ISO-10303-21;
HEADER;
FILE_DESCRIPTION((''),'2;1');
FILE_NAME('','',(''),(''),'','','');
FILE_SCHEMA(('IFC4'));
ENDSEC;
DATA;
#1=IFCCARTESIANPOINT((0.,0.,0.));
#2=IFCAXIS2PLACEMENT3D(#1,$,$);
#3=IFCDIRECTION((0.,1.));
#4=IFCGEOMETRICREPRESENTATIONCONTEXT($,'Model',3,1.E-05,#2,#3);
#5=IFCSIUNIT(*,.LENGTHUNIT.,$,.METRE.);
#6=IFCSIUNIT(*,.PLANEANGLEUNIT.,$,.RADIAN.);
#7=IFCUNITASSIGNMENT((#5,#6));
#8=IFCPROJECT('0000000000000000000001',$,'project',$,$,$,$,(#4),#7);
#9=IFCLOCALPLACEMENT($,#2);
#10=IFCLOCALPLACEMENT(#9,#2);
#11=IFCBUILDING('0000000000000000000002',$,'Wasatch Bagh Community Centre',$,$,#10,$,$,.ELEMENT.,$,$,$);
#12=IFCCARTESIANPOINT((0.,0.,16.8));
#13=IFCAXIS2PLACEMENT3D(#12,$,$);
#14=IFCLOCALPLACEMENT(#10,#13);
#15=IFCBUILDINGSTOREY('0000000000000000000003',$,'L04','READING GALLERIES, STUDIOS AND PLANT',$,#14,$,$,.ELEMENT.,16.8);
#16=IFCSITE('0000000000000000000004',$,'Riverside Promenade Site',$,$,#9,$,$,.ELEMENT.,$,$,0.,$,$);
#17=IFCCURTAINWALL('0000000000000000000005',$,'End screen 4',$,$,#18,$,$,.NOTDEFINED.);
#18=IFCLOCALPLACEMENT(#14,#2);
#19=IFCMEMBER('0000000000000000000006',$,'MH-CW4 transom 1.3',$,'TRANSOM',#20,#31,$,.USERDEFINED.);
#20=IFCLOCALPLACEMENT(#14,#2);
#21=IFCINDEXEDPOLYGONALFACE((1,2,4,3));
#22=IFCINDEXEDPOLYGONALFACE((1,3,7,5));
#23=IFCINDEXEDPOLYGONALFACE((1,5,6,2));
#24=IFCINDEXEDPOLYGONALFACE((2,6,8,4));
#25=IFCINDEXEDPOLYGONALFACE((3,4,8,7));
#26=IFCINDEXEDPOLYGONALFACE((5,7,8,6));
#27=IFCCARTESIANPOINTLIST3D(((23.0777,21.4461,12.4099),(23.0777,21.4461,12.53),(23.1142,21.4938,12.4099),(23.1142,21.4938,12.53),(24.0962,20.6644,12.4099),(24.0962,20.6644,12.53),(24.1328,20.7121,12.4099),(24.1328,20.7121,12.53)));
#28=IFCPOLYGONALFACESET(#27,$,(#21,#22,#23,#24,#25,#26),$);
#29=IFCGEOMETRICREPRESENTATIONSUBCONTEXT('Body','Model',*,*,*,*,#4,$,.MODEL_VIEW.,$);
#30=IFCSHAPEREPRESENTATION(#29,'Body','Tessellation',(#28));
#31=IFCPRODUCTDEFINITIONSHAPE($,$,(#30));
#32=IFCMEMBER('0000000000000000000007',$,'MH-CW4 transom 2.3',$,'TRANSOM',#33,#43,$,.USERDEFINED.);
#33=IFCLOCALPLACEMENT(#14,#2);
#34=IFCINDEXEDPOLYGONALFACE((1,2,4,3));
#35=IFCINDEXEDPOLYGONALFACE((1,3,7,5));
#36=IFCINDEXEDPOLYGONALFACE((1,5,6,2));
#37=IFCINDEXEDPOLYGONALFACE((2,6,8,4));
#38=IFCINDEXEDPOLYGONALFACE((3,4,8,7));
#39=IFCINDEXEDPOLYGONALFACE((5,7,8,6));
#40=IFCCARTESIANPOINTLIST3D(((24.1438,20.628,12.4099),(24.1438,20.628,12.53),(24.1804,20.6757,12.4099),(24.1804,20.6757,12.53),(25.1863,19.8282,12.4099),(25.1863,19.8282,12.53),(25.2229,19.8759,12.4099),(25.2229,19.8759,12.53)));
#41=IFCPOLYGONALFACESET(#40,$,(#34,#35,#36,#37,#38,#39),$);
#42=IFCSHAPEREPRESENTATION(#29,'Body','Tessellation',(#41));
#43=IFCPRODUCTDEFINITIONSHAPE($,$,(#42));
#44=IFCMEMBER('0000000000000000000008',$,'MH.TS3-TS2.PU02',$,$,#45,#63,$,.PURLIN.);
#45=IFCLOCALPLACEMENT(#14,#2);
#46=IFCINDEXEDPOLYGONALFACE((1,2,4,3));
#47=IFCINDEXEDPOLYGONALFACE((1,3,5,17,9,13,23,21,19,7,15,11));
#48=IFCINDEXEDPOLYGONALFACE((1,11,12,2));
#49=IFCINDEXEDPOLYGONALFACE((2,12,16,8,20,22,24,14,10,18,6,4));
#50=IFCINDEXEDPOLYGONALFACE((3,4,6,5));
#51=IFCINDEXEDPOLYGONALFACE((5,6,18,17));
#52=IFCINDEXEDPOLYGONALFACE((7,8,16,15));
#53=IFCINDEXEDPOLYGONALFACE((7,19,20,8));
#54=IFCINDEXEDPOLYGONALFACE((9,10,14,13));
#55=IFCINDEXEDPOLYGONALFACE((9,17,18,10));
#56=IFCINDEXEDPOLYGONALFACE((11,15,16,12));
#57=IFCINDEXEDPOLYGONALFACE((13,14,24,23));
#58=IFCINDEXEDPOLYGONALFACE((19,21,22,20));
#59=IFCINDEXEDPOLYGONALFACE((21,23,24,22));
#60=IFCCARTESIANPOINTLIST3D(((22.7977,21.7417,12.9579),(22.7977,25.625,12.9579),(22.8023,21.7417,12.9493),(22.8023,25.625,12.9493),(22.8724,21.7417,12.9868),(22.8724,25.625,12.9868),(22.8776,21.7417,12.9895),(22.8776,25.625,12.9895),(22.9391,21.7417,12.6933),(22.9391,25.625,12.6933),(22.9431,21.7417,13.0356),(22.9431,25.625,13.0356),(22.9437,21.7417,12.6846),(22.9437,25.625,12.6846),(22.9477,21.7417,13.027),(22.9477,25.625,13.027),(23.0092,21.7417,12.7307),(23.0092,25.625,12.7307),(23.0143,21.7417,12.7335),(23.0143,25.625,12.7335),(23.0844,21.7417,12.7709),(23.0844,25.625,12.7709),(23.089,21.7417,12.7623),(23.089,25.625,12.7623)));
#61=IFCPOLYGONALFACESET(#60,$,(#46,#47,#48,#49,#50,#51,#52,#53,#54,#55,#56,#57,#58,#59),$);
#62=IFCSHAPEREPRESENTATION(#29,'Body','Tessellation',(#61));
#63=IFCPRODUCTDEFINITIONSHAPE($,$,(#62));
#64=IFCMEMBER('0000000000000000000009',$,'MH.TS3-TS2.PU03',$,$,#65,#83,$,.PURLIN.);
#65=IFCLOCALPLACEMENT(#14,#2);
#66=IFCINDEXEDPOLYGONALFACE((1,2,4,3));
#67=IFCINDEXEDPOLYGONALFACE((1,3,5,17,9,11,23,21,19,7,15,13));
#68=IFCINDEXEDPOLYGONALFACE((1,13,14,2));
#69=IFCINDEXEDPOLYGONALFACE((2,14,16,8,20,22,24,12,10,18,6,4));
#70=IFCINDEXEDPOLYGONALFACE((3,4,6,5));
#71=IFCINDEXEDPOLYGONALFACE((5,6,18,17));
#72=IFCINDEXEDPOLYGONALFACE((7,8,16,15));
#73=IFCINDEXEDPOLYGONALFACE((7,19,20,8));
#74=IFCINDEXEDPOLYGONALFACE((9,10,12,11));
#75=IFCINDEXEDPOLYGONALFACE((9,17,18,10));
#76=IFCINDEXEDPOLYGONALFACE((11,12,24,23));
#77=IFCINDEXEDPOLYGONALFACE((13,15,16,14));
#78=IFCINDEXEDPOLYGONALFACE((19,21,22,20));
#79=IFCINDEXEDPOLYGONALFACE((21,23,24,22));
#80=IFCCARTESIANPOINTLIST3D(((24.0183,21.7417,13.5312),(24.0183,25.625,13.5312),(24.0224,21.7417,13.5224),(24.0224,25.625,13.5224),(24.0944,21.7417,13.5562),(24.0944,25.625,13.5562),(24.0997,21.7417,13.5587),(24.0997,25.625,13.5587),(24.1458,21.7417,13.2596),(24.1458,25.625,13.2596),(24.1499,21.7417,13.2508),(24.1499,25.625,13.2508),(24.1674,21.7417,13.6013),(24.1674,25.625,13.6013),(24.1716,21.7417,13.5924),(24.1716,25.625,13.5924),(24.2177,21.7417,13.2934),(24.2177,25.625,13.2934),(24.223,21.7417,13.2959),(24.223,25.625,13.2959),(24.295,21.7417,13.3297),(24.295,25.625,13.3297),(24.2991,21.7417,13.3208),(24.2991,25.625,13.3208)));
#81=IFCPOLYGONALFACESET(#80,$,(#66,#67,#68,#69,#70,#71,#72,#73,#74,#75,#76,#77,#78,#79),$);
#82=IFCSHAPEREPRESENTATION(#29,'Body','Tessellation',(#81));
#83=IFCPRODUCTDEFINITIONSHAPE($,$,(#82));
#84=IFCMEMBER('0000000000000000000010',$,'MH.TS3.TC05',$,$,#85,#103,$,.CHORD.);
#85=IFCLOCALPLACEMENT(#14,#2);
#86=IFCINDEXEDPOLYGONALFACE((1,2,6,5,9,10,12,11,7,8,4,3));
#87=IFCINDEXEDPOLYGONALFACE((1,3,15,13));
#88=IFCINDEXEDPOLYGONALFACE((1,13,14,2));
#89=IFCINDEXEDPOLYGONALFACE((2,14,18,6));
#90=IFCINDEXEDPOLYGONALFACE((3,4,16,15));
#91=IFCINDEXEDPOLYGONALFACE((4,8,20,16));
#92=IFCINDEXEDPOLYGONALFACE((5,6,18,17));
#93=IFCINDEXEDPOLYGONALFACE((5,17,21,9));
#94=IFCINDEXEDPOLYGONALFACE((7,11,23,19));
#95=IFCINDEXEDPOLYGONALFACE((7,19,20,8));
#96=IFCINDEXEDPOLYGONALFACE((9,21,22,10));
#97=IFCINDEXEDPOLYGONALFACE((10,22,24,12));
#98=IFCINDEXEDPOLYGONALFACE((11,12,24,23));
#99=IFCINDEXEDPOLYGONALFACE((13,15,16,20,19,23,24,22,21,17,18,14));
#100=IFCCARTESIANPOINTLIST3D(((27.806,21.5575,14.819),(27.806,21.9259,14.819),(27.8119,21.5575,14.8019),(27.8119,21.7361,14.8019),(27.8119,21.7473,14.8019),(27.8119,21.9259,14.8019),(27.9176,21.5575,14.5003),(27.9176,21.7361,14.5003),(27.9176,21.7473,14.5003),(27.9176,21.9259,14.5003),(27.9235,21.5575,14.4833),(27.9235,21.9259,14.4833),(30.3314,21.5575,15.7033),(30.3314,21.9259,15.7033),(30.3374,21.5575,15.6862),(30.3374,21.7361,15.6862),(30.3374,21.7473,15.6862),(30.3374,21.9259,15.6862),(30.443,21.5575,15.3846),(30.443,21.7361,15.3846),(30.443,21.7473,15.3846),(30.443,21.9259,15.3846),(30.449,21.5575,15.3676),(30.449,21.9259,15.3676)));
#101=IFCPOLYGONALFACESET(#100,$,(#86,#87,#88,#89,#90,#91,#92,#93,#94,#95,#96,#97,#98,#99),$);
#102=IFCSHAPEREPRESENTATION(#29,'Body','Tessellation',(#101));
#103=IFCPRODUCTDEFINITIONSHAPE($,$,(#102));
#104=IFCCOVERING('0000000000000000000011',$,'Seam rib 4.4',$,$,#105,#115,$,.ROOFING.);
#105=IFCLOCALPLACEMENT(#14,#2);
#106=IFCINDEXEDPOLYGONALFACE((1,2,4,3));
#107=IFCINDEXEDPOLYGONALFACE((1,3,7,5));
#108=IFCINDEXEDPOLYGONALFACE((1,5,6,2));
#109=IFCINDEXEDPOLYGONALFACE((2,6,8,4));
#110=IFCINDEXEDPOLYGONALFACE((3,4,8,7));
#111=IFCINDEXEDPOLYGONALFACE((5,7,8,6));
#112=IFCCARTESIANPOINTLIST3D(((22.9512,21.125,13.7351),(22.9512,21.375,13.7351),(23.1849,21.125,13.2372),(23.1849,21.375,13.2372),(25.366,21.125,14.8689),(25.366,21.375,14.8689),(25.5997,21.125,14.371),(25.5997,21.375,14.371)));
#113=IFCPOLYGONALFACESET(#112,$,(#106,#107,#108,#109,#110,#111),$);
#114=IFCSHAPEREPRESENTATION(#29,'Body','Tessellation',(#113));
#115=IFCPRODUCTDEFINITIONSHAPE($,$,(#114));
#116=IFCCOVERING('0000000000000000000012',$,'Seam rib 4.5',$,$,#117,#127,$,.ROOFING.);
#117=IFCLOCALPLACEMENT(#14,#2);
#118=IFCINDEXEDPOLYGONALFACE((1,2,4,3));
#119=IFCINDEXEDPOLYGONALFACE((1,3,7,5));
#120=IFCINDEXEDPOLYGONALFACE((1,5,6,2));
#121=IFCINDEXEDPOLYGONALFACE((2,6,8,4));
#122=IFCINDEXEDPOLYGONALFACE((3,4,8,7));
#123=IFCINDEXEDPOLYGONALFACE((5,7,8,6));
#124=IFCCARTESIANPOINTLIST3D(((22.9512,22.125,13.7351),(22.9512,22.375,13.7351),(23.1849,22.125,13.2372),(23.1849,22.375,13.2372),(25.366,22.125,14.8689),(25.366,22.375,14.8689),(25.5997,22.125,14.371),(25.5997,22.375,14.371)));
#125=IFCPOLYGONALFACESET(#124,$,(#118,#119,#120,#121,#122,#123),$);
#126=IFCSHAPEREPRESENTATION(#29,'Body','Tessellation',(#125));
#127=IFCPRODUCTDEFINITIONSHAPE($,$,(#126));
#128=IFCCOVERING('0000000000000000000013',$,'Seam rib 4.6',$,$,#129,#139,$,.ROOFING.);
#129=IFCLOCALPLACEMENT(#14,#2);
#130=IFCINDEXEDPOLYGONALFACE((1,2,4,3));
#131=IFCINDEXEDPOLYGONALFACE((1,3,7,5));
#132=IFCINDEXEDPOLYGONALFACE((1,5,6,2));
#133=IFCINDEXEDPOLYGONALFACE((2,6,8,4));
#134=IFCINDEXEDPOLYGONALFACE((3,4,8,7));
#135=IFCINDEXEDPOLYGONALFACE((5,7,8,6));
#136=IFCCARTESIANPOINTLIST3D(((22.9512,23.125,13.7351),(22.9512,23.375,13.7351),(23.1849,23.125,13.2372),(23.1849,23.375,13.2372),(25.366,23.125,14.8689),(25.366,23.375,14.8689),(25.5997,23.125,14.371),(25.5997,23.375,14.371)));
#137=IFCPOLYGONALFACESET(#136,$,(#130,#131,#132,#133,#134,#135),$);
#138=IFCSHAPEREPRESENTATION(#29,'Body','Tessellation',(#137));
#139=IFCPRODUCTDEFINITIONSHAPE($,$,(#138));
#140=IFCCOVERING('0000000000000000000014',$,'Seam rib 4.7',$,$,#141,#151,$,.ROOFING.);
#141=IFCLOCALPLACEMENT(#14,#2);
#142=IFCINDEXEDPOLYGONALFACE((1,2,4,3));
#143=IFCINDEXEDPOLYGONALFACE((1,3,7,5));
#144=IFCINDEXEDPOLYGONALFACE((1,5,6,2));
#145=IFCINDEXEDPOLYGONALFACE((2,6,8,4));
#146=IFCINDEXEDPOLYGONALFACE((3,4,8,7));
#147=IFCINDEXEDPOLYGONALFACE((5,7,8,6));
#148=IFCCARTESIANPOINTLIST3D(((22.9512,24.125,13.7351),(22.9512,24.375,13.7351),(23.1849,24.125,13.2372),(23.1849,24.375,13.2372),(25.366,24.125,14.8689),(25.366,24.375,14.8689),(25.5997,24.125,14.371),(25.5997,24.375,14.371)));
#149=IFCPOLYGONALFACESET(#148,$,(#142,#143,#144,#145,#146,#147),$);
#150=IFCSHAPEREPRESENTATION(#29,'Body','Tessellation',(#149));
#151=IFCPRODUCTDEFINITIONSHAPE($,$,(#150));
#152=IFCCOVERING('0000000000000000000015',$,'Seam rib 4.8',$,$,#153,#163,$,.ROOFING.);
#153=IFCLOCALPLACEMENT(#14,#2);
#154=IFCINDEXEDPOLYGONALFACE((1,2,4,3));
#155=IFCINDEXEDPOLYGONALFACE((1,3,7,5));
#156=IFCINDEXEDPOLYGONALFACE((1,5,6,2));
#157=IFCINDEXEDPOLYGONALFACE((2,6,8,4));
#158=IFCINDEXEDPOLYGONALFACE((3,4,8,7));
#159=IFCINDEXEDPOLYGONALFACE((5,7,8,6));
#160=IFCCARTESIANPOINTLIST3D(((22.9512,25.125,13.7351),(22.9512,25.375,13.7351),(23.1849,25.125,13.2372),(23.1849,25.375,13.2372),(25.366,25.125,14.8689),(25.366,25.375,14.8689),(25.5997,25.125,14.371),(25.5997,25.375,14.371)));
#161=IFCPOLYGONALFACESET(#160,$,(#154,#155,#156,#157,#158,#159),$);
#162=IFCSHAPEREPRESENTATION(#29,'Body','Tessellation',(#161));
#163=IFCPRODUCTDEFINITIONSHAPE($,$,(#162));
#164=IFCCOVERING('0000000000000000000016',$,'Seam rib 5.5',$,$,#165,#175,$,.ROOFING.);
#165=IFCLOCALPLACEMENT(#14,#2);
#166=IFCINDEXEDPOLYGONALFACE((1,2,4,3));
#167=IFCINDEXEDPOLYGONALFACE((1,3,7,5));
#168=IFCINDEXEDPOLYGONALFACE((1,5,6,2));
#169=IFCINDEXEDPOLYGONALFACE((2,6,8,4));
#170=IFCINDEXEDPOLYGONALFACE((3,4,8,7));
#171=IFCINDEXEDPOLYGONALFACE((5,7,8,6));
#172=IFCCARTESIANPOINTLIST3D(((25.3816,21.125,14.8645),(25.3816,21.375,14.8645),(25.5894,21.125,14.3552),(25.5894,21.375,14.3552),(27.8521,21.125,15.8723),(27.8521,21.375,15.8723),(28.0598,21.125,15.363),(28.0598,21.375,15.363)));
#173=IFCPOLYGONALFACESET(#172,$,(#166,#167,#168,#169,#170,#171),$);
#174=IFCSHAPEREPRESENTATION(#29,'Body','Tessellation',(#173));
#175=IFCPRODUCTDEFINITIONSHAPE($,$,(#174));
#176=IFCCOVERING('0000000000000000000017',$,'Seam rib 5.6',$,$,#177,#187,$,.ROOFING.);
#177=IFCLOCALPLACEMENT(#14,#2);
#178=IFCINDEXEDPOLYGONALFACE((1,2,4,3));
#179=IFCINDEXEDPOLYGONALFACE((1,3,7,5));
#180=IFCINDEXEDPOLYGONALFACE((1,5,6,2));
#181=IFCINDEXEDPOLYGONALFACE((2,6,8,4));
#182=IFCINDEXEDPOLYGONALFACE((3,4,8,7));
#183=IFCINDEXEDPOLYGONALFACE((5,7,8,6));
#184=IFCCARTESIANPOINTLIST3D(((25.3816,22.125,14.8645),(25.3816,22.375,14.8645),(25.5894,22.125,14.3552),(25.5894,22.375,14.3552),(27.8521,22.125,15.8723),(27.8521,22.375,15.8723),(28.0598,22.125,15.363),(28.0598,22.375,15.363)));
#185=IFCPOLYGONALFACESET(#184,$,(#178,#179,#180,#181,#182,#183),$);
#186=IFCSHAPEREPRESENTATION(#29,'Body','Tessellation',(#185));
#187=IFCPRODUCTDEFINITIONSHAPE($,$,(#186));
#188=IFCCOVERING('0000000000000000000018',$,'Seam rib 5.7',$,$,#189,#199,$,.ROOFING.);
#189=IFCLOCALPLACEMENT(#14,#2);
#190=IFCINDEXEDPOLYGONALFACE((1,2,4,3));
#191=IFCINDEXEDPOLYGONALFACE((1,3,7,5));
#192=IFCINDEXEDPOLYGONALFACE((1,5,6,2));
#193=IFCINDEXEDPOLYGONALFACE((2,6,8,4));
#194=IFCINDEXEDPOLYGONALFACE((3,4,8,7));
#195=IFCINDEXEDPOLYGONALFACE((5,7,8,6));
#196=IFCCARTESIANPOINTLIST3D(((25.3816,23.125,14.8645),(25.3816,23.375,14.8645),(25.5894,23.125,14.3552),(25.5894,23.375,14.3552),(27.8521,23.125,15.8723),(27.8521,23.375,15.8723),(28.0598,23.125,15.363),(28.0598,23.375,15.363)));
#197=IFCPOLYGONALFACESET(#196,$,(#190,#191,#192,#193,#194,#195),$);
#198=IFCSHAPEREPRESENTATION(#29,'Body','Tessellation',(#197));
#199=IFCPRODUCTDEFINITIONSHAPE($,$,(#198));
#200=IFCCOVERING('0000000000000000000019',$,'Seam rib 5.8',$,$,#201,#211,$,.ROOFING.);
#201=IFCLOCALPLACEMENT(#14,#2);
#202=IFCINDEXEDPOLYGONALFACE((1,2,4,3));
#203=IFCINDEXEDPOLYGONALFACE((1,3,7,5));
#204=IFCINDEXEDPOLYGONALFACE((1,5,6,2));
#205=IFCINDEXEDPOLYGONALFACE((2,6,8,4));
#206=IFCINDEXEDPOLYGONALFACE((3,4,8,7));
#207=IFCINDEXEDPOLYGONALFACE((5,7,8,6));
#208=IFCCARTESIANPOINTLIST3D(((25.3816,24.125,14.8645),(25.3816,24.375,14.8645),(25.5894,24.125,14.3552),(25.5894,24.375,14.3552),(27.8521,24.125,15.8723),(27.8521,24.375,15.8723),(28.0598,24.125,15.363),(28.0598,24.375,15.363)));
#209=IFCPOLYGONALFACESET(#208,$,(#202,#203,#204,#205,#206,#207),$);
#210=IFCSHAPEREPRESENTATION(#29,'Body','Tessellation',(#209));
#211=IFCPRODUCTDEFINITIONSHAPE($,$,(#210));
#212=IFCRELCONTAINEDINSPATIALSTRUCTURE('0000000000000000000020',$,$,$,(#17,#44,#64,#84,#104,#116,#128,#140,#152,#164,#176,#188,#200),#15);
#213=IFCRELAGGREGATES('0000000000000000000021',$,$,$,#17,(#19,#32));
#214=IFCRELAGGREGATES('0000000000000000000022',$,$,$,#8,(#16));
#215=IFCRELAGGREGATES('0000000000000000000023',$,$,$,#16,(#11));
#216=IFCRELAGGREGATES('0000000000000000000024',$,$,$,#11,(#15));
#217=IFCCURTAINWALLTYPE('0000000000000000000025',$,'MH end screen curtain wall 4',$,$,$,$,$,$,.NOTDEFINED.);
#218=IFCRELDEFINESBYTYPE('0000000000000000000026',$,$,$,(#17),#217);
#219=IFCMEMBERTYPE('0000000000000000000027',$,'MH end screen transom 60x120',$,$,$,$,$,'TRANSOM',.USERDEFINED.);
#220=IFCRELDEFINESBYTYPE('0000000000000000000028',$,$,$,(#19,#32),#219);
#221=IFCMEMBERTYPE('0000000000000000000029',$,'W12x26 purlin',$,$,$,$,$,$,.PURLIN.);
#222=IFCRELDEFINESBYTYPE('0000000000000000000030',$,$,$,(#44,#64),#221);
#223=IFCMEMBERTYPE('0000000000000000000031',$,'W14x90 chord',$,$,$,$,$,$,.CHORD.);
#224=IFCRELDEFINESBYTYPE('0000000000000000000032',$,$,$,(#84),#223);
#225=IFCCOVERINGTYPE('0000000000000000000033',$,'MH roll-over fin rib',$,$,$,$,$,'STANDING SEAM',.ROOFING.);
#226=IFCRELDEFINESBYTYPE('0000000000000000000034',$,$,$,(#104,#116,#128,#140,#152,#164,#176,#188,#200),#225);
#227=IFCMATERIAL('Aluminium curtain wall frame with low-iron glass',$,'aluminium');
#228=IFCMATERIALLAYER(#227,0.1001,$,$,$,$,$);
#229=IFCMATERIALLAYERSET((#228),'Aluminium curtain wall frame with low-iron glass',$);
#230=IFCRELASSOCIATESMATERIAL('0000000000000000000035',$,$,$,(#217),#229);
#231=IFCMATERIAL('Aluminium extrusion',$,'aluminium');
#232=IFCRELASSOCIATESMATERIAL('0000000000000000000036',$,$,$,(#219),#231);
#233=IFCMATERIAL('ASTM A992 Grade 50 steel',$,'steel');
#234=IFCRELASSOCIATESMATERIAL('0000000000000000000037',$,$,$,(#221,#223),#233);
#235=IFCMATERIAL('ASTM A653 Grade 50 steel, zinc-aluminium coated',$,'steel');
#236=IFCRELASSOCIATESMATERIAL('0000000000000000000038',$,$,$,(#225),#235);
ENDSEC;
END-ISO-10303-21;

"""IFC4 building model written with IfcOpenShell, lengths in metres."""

from ifc_helpers import new_model, si_unit, direction, frame, origin, origin_2d, place, context, subcontext, project, spatial, polyline, rectangle, i_section, outline, extrude, material, layer, layer_set, material_profile, profile_set, type_object, element, aggregate, save


model = new_model("IFC4")

# Units and contexts
model_context = context("Model", 3, precision=1e-05, world=origin(), true_north=direction((0.0, 1.0)))
body_context = subcontext(model_context, "Body", "Model", "MODEL_VIEW")
ifc_project = project(units=[si_unit("LENGTHUNIT", "METRE"), si_unit("PLANEANGLEUNIT", "RADIAN")], contexts=[model_context])

# Site, building, storey
site_placement = place(None, origin())
site = spatial("IfcSite", under=ifc_project, at=site_placement, Name="Riverside Promenade Site", CompositionType="ELEMENT", RefElevation=0.0)
building_placement = place(site_placement, origin())
building = spatial("IfcBuilding", under=site, at=building_placement, Name="Wasatch Bagh Community Centre", CompositionType="ELEMENT")
storey_placement = place(building_placement, frame((0.0, 0.0, 16.8)))
storey = spatial("IfcBuildingStorey", under=building, at=storey_placement, Name="L04", Description="READING GALLERIES, STUDIOS AND PLANT", CompositionType="ELEMENT", Elevation=16.8)

# Curtain wall, members
ifc_material_1 = material(Name="Aluminium curtain wall frame with low-iron glass", Category="aluminium")
ifc_layer = layer(ifc_material_1, 0.1001)
ifc_layer_set = layer_set([ifc_layer], Name="Aluminium curtain wall frame with low-iron glass")
curtain_wall_type = type_object("IfcCurtainWallType", Name="MH end screen curtain wall 4", PredefinedType="NOTDEFINED", material=ifc_layer_set)
curtain_wall_placement = place(storey_placement, origin())
curtain_wall = element("IfcCurtainWall", 1, at=curtain_wall_placement, inside=storey, type_object=curtain_wall_type, Name="End screen 4", PredefinedType="NOTDEFINED")
ifc_material_2 = material(Name="Aluminium extrusion", Category="aluminium")
ifc_material_profile_1 = material_profile(ifc_material_2, rectangle(XDim=0.0601, YDim=0.1201, at=origin_2d()), Name="AL 60x120")
ifc_profile_set_1 = profile_set([ifc_material_profile_1], Name="Aluminium extrusion")
member_type_1 = type_object("IfcMemberType", Name="MH end screen transom 60x120", ElementType="TRANSOM", PredefinedType="USERDEFINED", material=ifc_profile_set_1)
member_1_placement = place(storey_placement, frame((23.0959, 21.47, 12.47), z_axis=(0.793288, -0.608847, 0.0), x_axis=(0.608847, 0.793288, 0.0)))
member_1 = element("IfcMember", 2, at=member_1_placement, type_object=member_type_1, Name="MH-CW4 transom 1.3", ObjectType="TRANSOM", PredefinedType="USERDEFINED", context=body_context, shape_type="SweptSolid", body=[
    extrude(rectangle(XDim=0.0601, YDim=0.1201, at=origin_2d()), origin(), (0.0, 0.0, 1.0), 1.2839),
])
member_2_placement = place(storey_placement, frame((24.1621, 20.6519, 12.47), z_axis=(0.793397, -0.608705, 0.0), x_axis=(0.608705, 0.793397, 0.0)))
member_2 = element("IfcMember", 3, at=member_2_placement, type_object=member_type_1, Name="MH-CW4 transom 2.3", ObjectType="TRANSOM", PredefinedType="USERDEFINED", context=body_context, shape_type="SweptSolid", body=[
    extrude(rectangle(XDim=0.0601, YDim=0.1201, at=origin_2d()), origin(), (0.0, 0.0, 1.0), 1.314),
])
aggregate(curtain_wall, [member_1, member_2])

# Members
ifc_material_3 = material(Name="ASTM A992 Grade 50 steel", Category="steel")
ifc_material_profile_2 = material_profile(ifc_material_3, i_section(OverallWidth=0.1648, OverallDepth=0.3098, WebThickness=0.0059, FlangeThickness=0.0098, at=origin_2d()), Name="W12x26")
ifc_profile_set_2 = profile_set([ifc_material_profile_2], Name="ASTM A992 Grade 50 steel")
member_type_2 = type_object("IfcMemberType", Name="W12x26 purlin", PredefinedType="PURLIN", material=ifc_profile_set_2)
for number, where, z_axis, x_axis, name in (
    (4, (22.9434, 21.7417, 12.8601), (0.0, 1.0, 0.0), (-0.882062, 0.0, -0.471133), "MH.TS3-TS2.PU02"),
    (5, (24.1587, 21.7417, 13.426), (0.0, 1.0, 0.0), (-0.905205, 0.0, -0.424976), "MH.TS3-TS2.PU03"),
):
    element("IfcMember", number, at=place(storey_placement, frame(where, z_axis=z_axis, x_axis=x_axis)), inside=storey, type_object=member_type_2, Name=name, PredefinedType="PURLIN", context=body_context, shape_type="SweptSolid", body=[
        extrude(i_section(OverallWidth=0.1648, OverallDepth=0.3098, WebThickness=0.0059, FlangeThickness=0.0098, at=origin_2d()), origin(), (0.0, 0.0, 1.0), 3.8833),
    ])
ifc_material_profile_3 = material_profile(ifc_material_3, i_section(OverallWidth=0.3684, OverallDepth=0.3557, WebThickness=0.0112, FlangeThickness=0.0181, at=origin_2d()), Name="W14x90")
ifc_profile_set_3 = profile_set([ifc_material_profile_3], Name="ASTM A992 Grade 50 steel")
member_type_3 = type_object("IfcMemberType", Name="W14x90 chord", PredefinedType="CHORD", material=ifc_profile_set_3)
member_3_placement = place(storey_placement, frame((27.8647, 21.7417, 14.6511), z_axis=(0.943813, 0.0, 0.33048), x_axis=(0.0, 1.0, 0.0)))
element("IfcMember", 6, at=member_3_placement, inside=storey, type_object=member_type_3, Name="MH.TS3.TC05", PredefinedType="CHORD", context=body_context, shape_type="SweptSolid", body=[
    extrude(i_section(OverallWidth=0.3684, OverallDepth=0.3557, WebThickness=0.0112, FlangeThickness=0.0181, at=origin_2d()), origin(), (0.0, 0.0, 1.0), 2.6758),
])

# Coverings
ifc_material_4 = material(Name="ASTM A653 Grade 50 steel, zinc-aluminium coated", Category="steel")
covering_type = type_object("IfcCoveringType", Name="MH roll-over fin rib", ElementType="STANDING SEAM", PredefinedType="ROOFING", material=ifc_material_4)
for number, where, z_axis, x_axis, name in (
    (7, (22.9512, 21.125, 13.7351), (-0.425004, 0.0, 0.905192), (0.905192, 0.0, 0.425004), "Seam rib 4.4"),
    (8, (22.9512, 22.125, 13.7351), (-0.425004, 0.0, 0.905192), (0.905192, 0.0, 0.425004), "Seam rib 4.5"),
    (9, (22.9512, 23.125, 13.7351), (-0.425004, 0.0, 0.905192), (0.905192, 0.0, 0.425004), "Seam rib 4.6"),
    (10, (22.9512, 24.125, 13.7351), (-0.425004, 0.0, 0.905192), (0.905192, 0.0, 0.425004), "Seam rib 4.7"),
    (11, (22.9512, 25.125, 13.7351), (-0.425004, 0.0, 0.905192), (0.905192, 0.0, 0.425004), "Seam rib 4.8"),
):
    element("IfcCovering", number, at=place(storey_placement, frame(where, z_axis=z_axis, x_axis=x_axis)), inside=storey, type_object=covering_type, Name=name, PredefinedType="ROOFING", context=body_context, shape_type="SweptSolid", body=[
        extrude(outline(polyline([(0.0, 0.0), (2.6677, 0.0), (2.6677, 0.25), (0.0, 0.25), (0.0, 0.0)])), origin(), (0.0, 0.0, -1.0), 0.55),
    ])
for number, where, z_axis, x_axis, name in (
    (12, (25.3816, 21.125, 14.8645), (-0.377724, 0.0, 0.925918), (0.925918, 0.0, 0.377724), "Seam rib 5.5"),
    (13, (25.3816, 22.125, 14.8645), (-0.377724, 0.0, 0.925918), (0.925918, 0.0, 0.377724), "Seam rib 5.6"),
    (14, (25.3816, 23.125, 14.8645), (-0.377724, 0.0, 0.925918), (0.925918, 0.0, 0.377724), "Seam rib 5.7"),
    (15, (25.3816, 24.125, 14.8645), (-0.377724, 0.0, 0.925918), (0.925918, 0.0, 0.377724), "Seam rib 5.8"),
):
    element("IfcCovering", number, at=place(storey_placement, frame(where, z_axis=z_axis, x_axis=x_axis)), inside=storey, type_object=covering_type, Name=name, PredefinedType="ROOFING", context=body_context, shape_type="SweptSolid", body=[
        extrude(outline(polyline([(0.0, 0.0), (2.6681, 0.0), (2.6681, 0.25), (0.0, 0.25), (0.0, 0.0)])), origin(), (0.0, 0.0, -1.0), 0.55),
    ])

save(model, "model.ifc")
